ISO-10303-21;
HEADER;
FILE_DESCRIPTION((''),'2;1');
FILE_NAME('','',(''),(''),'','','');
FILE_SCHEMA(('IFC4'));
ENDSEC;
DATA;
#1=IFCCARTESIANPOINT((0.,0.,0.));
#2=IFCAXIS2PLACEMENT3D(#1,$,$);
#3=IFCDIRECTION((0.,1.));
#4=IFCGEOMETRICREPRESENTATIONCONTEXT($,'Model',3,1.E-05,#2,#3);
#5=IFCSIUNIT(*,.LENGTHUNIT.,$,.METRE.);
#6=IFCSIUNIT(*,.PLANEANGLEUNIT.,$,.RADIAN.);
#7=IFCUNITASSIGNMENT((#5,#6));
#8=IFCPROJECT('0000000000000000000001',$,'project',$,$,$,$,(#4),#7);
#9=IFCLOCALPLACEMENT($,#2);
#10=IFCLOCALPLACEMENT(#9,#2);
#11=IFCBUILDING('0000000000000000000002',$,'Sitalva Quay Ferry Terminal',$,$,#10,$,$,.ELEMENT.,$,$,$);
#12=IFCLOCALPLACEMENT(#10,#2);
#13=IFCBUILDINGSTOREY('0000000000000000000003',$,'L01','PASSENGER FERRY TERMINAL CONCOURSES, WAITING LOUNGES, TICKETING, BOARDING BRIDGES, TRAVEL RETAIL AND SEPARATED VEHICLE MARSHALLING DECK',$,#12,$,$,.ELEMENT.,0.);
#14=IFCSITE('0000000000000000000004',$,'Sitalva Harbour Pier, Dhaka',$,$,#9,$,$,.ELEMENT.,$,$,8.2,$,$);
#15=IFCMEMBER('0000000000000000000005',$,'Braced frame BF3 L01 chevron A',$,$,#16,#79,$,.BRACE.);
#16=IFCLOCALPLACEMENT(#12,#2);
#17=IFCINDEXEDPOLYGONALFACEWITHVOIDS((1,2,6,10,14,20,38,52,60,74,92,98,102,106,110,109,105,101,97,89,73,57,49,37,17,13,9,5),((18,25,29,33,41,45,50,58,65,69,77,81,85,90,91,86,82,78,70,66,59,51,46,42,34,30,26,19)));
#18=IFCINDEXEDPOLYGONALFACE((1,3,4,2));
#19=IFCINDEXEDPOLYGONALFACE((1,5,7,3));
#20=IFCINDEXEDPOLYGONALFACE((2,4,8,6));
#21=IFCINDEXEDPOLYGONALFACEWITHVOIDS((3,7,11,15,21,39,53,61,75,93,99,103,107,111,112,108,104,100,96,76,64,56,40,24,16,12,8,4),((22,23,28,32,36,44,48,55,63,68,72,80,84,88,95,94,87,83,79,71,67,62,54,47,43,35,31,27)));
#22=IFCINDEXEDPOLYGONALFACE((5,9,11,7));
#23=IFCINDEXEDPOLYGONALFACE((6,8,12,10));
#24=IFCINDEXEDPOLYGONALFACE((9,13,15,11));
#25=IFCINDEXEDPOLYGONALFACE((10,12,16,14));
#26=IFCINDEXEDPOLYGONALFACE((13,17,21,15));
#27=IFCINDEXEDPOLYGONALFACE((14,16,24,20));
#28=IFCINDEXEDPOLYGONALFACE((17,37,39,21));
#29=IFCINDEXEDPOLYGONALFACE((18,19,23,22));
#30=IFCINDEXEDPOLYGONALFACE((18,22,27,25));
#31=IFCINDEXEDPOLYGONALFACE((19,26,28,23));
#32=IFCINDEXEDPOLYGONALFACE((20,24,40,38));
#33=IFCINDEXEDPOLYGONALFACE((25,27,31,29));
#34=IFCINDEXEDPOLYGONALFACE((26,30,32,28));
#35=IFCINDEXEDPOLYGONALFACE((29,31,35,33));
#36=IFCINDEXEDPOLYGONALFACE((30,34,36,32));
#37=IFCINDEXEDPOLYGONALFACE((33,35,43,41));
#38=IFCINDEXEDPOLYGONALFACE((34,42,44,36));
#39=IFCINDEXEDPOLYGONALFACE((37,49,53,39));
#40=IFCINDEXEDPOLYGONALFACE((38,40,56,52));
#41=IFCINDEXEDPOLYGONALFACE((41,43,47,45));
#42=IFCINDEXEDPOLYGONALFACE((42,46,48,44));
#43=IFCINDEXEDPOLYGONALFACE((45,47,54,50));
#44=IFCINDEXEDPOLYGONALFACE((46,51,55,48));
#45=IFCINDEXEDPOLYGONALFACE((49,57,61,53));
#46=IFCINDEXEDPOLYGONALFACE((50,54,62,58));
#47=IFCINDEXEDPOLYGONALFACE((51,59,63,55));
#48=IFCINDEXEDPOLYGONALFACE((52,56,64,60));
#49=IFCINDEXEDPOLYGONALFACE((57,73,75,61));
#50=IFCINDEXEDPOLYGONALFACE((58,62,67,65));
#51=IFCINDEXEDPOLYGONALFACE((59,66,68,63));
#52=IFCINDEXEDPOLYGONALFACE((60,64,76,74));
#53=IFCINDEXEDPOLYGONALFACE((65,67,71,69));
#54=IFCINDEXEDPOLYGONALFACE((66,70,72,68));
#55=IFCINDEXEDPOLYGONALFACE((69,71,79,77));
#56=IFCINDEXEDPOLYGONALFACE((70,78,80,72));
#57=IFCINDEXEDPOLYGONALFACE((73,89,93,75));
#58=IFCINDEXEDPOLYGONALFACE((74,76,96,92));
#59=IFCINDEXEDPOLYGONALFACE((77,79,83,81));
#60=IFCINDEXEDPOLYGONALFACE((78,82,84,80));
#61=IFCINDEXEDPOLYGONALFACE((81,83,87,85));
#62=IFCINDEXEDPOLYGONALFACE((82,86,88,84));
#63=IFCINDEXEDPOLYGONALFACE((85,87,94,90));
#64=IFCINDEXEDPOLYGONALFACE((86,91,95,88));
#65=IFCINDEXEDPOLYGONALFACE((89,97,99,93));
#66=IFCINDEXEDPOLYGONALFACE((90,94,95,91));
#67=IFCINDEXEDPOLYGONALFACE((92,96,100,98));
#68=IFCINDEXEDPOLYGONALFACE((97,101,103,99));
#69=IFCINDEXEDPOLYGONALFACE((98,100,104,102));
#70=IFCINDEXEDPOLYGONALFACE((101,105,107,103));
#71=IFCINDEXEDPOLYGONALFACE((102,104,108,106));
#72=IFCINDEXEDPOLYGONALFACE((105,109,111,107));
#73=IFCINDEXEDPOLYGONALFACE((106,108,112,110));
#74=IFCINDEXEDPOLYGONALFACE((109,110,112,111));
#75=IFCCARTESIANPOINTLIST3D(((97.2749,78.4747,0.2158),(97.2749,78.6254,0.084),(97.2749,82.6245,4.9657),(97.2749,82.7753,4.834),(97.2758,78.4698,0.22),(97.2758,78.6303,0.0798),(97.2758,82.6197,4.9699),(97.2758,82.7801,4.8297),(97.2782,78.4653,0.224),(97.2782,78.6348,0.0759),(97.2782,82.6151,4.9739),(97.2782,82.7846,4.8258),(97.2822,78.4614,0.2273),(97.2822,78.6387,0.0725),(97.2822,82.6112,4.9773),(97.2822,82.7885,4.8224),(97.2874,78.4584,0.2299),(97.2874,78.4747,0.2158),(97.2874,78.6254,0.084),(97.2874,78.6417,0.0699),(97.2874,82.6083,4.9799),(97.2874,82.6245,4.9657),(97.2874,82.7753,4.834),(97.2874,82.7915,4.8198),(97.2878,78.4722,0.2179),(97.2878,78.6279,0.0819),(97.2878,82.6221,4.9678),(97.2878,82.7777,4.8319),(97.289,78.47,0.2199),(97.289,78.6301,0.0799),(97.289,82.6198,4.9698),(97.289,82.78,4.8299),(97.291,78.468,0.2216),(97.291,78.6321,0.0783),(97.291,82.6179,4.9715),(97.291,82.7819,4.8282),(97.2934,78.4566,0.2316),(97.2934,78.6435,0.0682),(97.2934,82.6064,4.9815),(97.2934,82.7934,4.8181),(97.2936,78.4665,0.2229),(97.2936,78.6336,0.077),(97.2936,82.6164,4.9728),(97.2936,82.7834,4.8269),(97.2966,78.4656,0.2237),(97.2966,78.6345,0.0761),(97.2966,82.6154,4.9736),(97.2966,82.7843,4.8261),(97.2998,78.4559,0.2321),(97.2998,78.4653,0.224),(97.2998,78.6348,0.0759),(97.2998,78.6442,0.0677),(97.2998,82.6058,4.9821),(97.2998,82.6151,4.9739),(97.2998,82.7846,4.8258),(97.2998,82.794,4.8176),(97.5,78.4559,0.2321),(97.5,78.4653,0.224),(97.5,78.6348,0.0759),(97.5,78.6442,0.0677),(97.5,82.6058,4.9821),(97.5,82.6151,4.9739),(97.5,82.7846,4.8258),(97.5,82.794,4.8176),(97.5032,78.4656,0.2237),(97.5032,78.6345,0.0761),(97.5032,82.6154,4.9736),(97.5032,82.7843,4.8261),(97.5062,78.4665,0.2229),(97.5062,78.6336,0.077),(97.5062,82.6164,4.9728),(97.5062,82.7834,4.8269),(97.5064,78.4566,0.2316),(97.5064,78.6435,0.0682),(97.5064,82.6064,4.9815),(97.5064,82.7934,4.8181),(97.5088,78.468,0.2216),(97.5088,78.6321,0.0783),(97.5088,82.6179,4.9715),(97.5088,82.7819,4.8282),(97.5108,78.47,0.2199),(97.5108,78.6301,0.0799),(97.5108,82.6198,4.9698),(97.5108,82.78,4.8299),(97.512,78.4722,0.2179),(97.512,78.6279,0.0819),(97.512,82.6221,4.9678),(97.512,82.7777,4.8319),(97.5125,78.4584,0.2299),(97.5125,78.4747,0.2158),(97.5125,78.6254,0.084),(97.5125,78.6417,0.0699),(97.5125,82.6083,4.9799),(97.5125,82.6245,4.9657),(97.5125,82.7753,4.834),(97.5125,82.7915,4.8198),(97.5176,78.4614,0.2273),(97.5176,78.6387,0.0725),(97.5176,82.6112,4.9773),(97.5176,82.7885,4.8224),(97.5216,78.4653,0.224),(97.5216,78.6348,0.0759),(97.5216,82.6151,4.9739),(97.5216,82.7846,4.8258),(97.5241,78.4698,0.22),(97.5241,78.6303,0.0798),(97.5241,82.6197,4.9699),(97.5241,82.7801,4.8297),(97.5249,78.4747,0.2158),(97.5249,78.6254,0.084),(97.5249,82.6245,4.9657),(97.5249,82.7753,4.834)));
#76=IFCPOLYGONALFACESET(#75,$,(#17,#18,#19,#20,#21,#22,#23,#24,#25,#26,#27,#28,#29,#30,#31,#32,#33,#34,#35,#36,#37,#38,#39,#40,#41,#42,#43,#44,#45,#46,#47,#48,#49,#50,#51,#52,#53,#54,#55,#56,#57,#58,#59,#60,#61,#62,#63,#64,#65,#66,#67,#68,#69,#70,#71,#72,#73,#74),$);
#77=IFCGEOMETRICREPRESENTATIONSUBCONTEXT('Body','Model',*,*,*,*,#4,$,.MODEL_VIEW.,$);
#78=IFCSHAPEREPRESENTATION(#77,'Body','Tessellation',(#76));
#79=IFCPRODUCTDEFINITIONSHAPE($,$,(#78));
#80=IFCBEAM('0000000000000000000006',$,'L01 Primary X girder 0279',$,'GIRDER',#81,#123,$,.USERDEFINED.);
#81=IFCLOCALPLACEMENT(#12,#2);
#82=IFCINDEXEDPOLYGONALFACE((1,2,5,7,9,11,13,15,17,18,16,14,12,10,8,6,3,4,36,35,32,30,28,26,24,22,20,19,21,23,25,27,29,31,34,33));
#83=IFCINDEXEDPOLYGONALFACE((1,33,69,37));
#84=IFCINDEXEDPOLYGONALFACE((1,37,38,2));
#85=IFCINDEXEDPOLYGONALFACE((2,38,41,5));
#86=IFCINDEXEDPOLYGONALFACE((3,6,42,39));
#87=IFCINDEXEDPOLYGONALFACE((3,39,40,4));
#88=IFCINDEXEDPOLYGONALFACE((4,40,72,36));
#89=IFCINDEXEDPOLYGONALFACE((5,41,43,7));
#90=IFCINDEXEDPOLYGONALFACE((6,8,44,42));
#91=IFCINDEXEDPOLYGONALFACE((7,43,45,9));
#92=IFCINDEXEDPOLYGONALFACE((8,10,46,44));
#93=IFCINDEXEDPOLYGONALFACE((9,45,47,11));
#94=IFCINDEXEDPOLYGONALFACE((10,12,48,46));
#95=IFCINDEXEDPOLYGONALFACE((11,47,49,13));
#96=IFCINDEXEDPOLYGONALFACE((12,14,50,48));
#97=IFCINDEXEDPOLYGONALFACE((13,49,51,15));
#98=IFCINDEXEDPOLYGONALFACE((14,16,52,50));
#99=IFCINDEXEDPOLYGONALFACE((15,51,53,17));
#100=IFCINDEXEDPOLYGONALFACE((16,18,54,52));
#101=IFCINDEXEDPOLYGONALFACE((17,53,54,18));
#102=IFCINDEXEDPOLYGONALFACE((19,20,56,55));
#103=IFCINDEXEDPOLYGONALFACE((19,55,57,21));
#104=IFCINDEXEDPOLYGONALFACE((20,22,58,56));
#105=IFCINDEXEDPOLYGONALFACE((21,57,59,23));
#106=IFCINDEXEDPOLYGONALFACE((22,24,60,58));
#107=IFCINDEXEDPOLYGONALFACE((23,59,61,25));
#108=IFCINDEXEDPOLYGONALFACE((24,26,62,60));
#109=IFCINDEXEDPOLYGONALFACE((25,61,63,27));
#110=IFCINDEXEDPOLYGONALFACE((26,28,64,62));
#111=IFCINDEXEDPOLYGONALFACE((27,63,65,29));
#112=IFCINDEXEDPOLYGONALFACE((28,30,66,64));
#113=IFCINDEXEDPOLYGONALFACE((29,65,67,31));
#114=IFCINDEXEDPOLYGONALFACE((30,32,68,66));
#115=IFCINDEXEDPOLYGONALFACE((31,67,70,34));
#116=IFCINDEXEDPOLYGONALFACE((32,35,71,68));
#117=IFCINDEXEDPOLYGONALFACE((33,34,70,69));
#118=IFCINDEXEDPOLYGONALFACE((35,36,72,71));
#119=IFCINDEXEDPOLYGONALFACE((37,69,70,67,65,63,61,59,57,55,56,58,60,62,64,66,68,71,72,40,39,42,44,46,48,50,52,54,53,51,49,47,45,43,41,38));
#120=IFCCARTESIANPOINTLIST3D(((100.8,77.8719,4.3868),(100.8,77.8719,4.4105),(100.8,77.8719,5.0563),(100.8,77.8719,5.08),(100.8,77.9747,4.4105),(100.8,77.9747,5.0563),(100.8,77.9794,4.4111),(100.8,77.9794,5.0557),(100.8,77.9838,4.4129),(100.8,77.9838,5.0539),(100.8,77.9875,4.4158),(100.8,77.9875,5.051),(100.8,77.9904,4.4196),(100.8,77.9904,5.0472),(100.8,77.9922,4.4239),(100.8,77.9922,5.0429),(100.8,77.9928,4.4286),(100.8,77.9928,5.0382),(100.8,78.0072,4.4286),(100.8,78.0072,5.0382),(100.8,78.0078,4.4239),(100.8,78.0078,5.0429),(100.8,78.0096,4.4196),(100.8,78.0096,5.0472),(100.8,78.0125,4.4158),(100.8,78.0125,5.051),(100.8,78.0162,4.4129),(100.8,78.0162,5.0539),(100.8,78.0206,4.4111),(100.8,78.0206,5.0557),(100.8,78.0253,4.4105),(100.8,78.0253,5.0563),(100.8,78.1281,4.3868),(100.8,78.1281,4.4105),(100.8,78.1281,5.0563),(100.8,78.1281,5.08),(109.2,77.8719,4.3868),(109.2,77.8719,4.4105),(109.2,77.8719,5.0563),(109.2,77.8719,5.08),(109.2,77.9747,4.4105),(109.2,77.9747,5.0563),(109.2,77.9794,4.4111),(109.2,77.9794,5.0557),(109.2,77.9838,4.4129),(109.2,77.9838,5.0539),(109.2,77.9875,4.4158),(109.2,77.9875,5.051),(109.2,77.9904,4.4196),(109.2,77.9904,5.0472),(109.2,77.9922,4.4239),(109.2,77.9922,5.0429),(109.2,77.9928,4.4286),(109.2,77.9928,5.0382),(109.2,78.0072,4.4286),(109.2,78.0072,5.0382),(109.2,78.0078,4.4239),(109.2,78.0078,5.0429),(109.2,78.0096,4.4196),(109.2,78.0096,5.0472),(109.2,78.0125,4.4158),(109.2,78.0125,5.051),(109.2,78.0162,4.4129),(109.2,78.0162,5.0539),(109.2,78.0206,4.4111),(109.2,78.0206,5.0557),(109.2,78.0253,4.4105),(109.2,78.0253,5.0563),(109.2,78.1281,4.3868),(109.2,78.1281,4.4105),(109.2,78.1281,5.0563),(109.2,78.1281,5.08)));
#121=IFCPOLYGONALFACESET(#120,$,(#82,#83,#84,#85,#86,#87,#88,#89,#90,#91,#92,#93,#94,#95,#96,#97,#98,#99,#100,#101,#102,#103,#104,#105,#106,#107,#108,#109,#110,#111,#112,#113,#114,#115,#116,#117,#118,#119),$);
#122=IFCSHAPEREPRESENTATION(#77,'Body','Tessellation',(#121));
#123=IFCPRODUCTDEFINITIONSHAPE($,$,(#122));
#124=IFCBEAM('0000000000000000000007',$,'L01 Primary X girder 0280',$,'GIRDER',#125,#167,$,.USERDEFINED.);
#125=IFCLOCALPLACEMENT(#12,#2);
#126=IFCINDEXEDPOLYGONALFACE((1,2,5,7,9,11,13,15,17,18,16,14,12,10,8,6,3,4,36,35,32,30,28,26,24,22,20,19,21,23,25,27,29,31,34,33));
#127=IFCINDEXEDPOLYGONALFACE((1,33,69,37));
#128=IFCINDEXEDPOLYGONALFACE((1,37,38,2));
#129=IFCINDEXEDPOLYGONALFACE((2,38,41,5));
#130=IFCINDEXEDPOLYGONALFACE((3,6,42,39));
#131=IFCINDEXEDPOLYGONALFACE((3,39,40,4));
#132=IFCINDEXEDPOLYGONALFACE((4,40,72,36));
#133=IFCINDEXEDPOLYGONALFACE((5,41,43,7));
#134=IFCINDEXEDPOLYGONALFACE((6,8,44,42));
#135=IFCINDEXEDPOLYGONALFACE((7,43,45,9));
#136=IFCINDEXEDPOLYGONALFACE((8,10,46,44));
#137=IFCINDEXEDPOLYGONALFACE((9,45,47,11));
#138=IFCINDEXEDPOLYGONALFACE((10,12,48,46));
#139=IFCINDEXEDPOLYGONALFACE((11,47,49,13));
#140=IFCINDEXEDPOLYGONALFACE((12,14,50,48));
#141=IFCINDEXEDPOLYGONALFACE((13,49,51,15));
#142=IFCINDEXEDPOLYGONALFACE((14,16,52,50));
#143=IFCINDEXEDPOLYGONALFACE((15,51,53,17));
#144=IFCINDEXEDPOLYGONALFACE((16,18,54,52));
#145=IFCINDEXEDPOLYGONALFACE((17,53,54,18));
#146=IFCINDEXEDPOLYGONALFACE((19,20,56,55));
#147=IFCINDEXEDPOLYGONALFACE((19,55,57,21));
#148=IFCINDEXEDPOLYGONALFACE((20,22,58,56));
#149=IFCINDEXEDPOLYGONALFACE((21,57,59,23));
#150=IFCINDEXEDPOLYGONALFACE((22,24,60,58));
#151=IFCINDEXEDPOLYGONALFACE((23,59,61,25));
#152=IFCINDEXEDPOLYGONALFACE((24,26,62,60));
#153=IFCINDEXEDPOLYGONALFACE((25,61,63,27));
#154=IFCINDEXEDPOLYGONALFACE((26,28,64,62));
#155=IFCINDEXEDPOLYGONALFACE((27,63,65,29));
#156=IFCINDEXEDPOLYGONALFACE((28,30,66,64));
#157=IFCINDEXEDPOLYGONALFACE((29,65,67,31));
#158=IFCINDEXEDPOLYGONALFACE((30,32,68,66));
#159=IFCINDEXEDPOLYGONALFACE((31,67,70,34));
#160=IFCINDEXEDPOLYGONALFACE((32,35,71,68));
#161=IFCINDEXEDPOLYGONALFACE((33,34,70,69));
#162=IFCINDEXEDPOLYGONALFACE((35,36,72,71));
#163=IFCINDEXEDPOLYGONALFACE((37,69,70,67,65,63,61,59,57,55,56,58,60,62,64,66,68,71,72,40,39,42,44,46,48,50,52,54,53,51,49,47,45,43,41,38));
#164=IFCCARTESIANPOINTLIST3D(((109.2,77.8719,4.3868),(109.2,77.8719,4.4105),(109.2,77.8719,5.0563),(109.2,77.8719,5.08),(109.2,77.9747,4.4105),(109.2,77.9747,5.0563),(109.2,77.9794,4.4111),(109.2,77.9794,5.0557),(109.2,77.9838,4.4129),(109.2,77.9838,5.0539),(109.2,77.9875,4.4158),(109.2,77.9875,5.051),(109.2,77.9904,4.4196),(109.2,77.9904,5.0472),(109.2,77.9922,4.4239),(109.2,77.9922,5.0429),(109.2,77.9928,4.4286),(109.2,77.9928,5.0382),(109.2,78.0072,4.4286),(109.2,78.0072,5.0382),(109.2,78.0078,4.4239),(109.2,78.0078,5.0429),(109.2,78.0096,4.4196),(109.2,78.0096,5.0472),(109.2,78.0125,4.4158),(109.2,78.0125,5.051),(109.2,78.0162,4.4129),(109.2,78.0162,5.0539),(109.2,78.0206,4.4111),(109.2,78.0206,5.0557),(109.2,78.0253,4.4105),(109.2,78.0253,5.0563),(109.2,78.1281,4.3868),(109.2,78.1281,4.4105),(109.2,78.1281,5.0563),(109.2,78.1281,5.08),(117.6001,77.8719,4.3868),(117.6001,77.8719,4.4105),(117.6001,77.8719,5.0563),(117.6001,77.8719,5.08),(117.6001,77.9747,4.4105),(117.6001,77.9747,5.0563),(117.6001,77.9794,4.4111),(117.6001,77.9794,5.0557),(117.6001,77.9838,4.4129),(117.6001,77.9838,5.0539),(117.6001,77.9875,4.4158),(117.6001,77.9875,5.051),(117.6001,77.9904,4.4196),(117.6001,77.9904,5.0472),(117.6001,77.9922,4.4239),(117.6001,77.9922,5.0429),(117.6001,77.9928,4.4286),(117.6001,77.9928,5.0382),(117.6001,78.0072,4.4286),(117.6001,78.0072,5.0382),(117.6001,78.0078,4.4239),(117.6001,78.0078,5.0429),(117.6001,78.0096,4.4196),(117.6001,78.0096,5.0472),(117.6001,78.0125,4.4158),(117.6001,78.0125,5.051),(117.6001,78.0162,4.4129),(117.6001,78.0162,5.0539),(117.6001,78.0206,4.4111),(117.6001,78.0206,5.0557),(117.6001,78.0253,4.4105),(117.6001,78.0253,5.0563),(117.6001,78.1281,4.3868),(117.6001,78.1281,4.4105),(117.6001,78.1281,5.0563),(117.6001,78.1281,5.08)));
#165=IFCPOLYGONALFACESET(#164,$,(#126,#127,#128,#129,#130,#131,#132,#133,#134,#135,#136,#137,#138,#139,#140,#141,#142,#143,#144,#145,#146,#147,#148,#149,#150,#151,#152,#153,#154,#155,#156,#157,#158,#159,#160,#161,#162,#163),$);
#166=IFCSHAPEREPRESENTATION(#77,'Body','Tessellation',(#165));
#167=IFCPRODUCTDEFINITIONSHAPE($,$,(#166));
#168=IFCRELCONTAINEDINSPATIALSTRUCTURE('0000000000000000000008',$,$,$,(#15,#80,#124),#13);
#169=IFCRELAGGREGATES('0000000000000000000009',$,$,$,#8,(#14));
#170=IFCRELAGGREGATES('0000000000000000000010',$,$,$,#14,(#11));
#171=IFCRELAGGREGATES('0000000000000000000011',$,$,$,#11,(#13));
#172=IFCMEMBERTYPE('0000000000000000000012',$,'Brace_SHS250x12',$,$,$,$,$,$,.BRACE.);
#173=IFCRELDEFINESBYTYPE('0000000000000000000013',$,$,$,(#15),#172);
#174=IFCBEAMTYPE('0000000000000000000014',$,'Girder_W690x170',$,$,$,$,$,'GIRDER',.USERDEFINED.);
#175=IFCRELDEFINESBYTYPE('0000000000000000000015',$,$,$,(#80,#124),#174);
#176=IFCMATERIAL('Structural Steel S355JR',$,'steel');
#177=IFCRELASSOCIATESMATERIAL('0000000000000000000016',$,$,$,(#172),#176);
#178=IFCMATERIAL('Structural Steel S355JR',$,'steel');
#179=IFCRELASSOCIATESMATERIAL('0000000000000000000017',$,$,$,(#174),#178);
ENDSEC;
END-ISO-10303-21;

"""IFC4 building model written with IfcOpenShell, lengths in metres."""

from ifc_helpers import new_model, si_unit, direction, frame, origin, origin_2d, place, context, subcontext, project, spatial, hollow_rectangle, i_section, extrude, material, material_profile, profile_set, type_object, element, save


model = new_model("IFC4")

# Units and contexts
model_context = context("Model", 3, precision=1e-05, world=origin(), true_north=direction((0.0, 1.0)))
body_context = subcontext(model_context, "Body", "Model", "MODEL_VIEW")
ifc_project = project(units=[si_unit("LENGTHUNIT", "METRE"), si_unit("PLANEANGLEUNIT", "RADIAN")], contexts=[model_context])

# Site, building, storey
site_placement = place(None, origin())
site = spatial("IfcSite", under=ifc_project, at=site_placement, Name="Sitalva Harbour Pier, Dhaka", CompositionType="ELEMENT", RefElevation=8.2)
building_placement = place(site_placement, origin())
building = spatial("IfcBuilding", under=site, at=building_placement, Name="Sitalva Quay Ferry Terminal", CompositionType="ELEMENT")
storey_placement = place(building_placement, origin())
storey = spatial("IfcBuildingStorey", under=building, at=storey_placement, Name="L01", Description="PASSENGER FERRY TERMINAL CONCOURSES, WAITING LOUNGES, TICKETING, BOARDING BRIDGES, TRAVEL RETAIL AND SEPARATED VEHICLE MARSHALLING DECK", CompositionType="ELEMENT", Elevation=0.0)

# Member
ifc_material_1 = material(Name="Structural Steel S355JR", Category="steel")
ifc_material_profile_1 = material_profile(ifc_material_1, hollow_rectangle(XDim=0.25, YDim=0.25, WallThickness=0.0125, InnerFilletRadius=0.0125, OuterFilletRadius=0.0249, at=origin_2d()), Name="SHS250x250x12.5")
ifc_profile_set_1 = profile_set([ifc_material_profile_1], Name="Structural Steel S355JR")
member_type = type_object("IfcMemberType", Name="Brace_SHS250x12", PredefinedType="BRACE", material=ifc_profile_set_1)
member_placement = place(storey_placement, frame((97.3999, 78.55, 0.1499), z_axis=(0.0, 0.657934, 0.753075), x_axis=(-1.0, 0.0, 0.0)))
element("IfcMember", 1, at=member_placement, inside=storey, type_object=member_type, Name="Braced frame BF3 L01 chevron A", PredefinedType="BRACE", context=body_context, shape_type="SweptSolid", body=[
    extrude(hollow_rectangle(XDim=0.25, YDim=0.25, WallThickness=0.0125, InnerFilletRadius=0.0125, OuterFilletRadius=0.0249, at=origin_2d()), origin(), (0.0, 0.0, 1.0), 6.3074),
])

# Beams
ifc_material_2 = material(Name="Structural Steel S355JR", Category="steel")
ifc_material_profile_2 = material_profile(ifc_material_2, i_section(OverallWidth=0.2561, OverallDepth=0.6931, WebThickness=0.0144, FlangeThickness=0.0237, FilletRadius=0.0181, at=origin_2d()), Name="W690x170")
ifc_profile_set_2 = profile_set([ifc_material_profile_2], Name="Structural Steel S355JR")
beam_type_1 = type_object("IfcBeamType", Name="Girder_W690x170", ElementType="GIRDER", PredefinedType="USERDEFINED", material=ifc_profile_set_2)
beam_1_placement = place(storey_placement, frame((100.8, 78.0, 4.7334), z_axis=(1.0, 0.0, 0.0), x_axis=(0.0, 1.0, 0.0)))
element("IfcBeam", 2, at=beam_1_placement, inside=storey, type_object=beam_type_1, Name="L01 Primary X girder 0279", ObjectType="GIRDER", PredefinedType="USERDEFINED", context=body_context, shape_type="SweptSolid", body=[
    extrude(i_section(OverallWidth=0.2561, OverallDepth=0.6931, WebThickness=0.0144, FlangeThickness=0.0237, FilletRadius=0.0181, at=origin_2d()), origin(), (0.0, 0.0, 1.0), 8.3999),
])
beam_2_placement = place(storey_placement, frame((109.2, 78.0, 4.7334), z_axis=(1.0, 0.0, 0.0), x_axis=(0.0, 1.0, 0.0)))
element("IfcBeam", 3, at=beam_2_placement, inside=storey, type_object=beam_type_1, Name="L01 Primary X girder 0280", ObjectType="GIRDER", PredefinedType="USERDEFINED", context=body_context, shape_type="SweptSolid", body=[
    extrude(i_section(OverallWidth=0.2561, OverallDepth=0.6931, WebThickness=0.0144, FlangeThickness=0.0237, FilletRadius=0.0181, at=origin_2d()), origin(), (0.0, 0.0, 1.0), 8.4001),
])

save(model, "model.ifc")
